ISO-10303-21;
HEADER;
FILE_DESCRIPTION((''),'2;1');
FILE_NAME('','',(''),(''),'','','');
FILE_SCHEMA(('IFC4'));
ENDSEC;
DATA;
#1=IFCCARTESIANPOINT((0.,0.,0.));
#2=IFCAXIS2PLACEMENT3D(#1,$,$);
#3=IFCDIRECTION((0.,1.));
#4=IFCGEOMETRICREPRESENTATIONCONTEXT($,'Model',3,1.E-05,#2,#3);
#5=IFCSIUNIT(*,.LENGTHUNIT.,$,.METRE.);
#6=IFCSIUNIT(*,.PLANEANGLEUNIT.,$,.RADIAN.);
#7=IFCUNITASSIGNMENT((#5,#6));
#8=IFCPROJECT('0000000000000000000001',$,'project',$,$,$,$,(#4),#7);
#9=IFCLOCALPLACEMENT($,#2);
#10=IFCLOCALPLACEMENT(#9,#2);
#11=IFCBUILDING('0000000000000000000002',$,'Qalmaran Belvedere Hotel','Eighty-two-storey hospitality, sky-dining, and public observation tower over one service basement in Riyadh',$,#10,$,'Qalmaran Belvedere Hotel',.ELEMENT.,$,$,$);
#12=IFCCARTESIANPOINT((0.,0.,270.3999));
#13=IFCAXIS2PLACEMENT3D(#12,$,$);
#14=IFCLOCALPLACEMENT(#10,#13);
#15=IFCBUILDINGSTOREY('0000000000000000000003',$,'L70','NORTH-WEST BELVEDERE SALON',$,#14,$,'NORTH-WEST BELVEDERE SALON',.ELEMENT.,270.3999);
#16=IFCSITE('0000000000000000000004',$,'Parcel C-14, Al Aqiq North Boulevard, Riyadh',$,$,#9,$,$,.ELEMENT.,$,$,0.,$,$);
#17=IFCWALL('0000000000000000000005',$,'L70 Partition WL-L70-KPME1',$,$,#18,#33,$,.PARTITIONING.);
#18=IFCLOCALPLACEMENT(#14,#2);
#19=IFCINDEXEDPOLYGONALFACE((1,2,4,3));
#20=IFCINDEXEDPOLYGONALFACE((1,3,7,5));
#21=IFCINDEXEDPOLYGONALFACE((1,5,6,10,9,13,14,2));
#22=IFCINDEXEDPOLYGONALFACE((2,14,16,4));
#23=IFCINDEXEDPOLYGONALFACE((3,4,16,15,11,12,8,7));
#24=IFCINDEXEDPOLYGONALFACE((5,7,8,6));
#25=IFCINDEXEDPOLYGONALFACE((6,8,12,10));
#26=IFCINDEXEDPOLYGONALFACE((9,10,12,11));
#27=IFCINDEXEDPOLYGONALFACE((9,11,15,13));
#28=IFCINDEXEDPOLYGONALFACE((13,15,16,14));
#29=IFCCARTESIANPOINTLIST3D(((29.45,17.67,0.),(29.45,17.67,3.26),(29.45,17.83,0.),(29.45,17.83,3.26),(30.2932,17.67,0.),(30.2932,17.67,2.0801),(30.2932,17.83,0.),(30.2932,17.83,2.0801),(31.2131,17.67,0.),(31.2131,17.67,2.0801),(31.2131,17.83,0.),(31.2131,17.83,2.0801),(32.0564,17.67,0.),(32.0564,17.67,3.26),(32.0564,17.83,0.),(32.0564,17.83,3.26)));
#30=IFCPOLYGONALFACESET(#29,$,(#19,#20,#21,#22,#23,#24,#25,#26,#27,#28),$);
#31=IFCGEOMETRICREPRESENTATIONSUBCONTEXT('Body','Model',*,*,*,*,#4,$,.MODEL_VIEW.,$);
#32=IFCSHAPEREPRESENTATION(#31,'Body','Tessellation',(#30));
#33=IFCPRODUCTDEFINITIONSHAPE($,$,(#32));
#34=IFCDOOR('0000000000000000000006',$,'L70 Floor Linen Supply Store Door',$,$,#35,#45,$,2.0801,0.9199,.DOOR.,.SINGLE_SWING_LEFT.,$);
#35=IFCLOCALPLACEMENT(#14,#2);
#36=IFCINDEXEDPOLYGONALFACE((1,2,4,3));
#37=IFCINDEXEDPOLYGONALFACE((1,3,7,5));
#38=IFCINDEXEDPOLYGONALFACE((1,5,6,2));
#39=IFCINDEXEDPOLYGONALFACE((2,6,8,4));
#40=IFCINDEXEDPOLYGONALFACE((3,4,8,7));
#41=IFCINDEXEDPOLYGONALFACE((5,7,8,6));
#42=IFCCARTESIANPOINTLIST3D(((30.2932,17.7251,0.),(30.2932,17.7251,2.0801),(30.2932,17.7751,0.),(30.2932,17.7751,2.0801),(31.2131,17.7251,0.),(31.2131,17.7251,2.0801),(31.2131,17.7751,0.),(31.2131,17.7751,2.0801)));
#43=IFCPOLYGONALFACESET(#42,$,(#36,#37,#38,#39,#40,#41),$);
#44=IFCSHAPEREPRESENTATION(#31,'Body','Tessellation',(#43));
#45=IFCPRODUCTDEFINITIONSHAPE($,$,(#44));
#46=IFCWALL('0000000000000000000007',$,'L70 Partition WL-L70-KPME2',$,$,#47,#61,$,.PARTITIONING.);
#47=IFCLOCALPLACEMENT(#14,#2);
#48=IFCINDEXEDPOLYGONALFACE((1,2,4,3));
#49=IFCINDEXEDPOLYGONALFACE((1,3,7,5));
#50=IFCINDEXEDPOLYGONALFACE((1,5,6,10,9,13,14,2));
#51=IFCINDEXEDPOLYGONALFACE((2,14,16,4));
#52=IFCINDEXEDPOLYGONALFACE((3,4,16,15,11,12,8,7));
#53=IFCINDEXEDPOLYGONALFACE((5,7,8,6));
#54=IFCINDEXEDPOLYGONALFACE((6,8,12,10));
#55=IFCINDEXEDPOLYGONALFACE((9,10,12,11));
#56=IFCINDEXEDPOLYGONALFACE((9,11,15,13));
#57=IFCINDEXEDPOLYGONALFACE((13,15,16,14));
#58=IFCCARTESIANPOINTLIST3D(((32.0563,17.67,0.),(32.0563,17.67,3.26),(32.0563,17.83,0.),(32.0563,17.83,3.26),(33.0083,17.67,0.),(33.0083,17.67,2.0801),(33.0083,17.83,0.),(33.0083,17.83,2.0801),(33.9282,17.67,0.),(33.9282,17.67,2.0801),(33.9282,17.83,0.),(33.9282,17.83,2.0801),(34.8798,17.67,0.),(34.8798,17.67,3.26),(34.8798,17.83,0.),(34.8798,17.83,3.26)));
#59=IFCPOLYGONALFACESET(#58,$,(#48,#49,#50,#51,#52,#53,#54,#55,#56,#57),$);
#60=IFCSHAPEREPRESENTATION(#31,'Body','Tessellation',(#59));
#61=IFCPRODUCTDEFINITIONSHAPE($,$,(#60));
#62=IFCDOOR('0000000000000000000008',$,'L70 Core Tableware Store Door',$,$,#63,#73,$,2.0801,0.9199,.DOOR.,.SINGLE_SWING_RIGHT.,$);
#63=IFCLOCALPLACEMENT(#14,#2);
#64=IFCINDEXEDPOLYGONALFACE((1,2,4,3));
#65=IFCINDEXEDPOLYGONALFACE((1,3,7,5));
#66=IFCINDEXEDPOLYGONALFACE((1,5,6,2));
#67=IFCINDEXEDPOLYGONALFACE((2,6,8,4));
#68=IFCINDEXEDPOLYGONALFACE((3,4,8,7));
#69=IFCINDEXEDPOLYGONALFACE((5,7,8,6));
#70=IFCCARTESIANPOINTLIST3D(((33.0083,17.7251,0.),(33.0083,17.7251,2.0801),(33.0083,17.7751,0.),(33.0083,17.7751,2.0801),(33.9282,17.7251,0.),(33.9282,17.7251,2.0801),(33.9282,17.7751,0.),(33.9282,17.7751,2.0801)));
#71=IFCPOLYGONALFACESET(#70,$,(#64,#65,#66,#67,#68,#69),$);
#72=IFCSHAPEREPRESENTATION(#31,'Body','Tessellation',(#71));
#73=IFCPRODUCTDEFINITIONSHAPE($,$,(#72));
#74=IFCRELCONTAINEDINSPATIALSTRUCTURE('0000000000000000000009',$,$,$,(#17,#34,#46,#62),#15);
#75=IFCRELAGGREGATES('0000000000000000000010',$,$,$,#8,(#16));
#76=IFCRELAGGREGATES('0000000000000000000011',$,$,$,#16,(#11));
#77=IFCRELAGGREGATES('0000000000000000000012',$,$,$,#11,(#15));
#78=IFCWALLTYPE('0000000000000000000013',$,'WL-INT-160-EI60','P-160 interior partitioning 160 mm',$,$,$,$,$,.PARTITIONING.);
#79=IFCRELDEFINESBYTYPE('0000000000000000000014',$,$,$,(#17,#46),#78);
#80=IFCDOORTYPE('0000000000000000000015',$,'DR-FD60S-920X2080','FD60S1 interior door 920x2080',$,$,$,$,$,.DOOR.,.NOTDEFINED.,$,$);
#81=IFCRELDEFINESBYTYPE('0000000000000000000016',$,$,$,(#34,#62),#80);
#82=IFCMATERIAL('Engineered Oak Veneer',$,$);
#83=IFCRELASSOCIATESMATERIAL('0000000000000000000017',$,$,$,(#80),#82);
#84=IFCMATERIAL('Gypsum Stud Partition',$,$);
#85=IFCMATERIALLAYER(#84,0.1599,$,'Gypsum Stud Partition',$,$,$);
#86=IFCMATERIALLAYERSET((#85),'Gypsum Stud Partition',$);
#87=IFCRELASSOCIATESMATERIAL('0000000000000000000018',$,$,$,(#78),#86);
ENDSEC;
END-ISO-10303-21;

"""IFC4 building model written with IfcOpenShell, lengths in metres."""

from ifc_helpers import new_model, si_unit, direction, frame, frame_2d, origin, place, context, subcontext, project, spatial, rectangle, extrude, material, layer, layer_set, type_object, element, fill, save


model = new_model("IFC4")

# Units and contexts
model_context = context("Model", 3, precision=1e-05, world=origin(), true_north=direction((0.0, 1.0)))
body_context = subcontext(model_context, "Body", "Model", "MODEL_VIEW")
ifc_project = project(units=[si_unit("LENGTHUNIT", "METRE"), si_unit("PLANEANGLEUNIT", "RADIAN")], contexts=[model_context])

# Site, building, storey
site_placement = place(None, origin())
site = spatial("IfcSite", under=ifc_project, at=site_placement, Name="Parcel C-14, Al Aqiq North Boulevard, Riyadh", CompositionType="ELEMENT", RefElevation=0.0)
building_placement = place(site_placement, origin())
building = spatial("IfcBuilding", under=site, at=building_placement, Name="Qalmaran Belvedere Hotel", Description="Eighty-two-storey hospitality, sky-dining, and public observation tower over one service basement in Riyadh", LongName="Qalmaran Belvedere Hotel", CompositionType="ELEMENT")
storey_placement = place(building_placement, frame((0.0, 0.0, 270.3999)))
storey = spatial("IfcBuildingStorey", under=building, at=storey_placement, Name="L70", Description="NORTH-WEST BELVEDERE SALON", LongName="NORTH-WEST BELVEDERE SALON", CompositionType="ELEMENT", Elevation=270.3999)

# Shared definitions
ifc_material_1 = material(Name="Gypsum Stud Partition")

# Shared definitions
ifc_material_2 = material(Name="Engineered Oak Veneer")
door_type_1 = type_object("IfcDoorType", Name="DR-FD60S-920X2080", Description="FD60S1 interior door 920x2080", OperationType="NOTDEFINED", PredefinedType="DOOR", material=ifc_material_2)

# Walls, openings, doors
ifc_layer_1 = layer(ifc_material_1, 0.1599, Name="Gypsum Stud Partition")
ifc_layer_set_1 = layer_set([ifc_layer_1], Name="Gypsum Stud Partition")
wall_type_1 = type_object("IfcWallType", Name="WL-INT-160-EI60", Description="P-160 interior partitioning 160 mm", PredefinedType="PARTITIONING", material=ifc_layer_set_1)
wall_1_placement = place(storey_placement, frame((29.45, 17.75, 0.0), z_axis=(0.0, 0.0, 1.0), x_axis=(1.0, 0.0, 0.0)))
wall_1 = element("IfcWall", 1, at=wall_1_placement, inside=storey, type_object=wall_type_1, Name="L70 Partition WL-L70-KPME1", PredefinedType="PARTITIONING", context=body_context, shape_type="SweptSolid", body=[
    extrude(rectangle(XDim=2.6064, YDim=0.1599, at=frame_2d((1.3032, 0.0))), origin(), (0.0, 0.0, 1.0), 3.26),
])
opening_1_placement = place(wall_1_placement, frame((1.7632, 0.0, 0.0), z_axis=(0.0, 0.0, 1.0), x_axis=(-1.0, 0.0, 0.0)))
opening_1 = element("IfcOpeningElement", 2, at=opening_1_placement, cuts=wall_1, PredefinedType="OPENING", context=body_context, shape_type="SweptSolid", body=[
    extrude(rectangle(XDim=0.9199, YDim=2.0801, at=frame_2d((0.46, 1.04))), frame((0.0, 0.0898, 0.0), z_axis=(0.0, -1.0, 0.0), x_axis=(1.0, 0.0, 0.0)), (0.0, 0.0, 1.0), 0.1799),
])
door_1_placement = place(opening_1_placement, origin())
door_1 = element("IfcDoor", 3, at=door_1_placement, inside=storey, type_object=door_type_1, Name="L70 Floor Linen Supply Store Door", OperationType="SINGLE_SWING_LEFT", OverallHeight=2.0801, OverallWidth=0.9199, PredefinedType="DOOR", context=body_context, shape_type="SweptSolid", body=[
    extrude(rectangle(XDim=0.9199, YDim=2.0801, at=frame_2d((0.46, 1.04))), frame((0.0, 0.0249, 0.0), z_axis=(0.0, -1.0, 0.0), x_axis=(1.0, 0.0, 0.0)), (0.0, 0.0, 1.0), 0.05),
])
fill(opening_1, door_1)
wall_2_placement = place(storey_placement, frame((32.0564, 17.75, 0.0), z_axis=(0.0, 0.0, 1.0), x_axis=(1.0, 0.0, 0.0)))
wall_2 = element("IfcWall", 4, at=wall_2_placement, inside=storey, type_object=wall_type_1, Name="L70 Partition WL-L70-KPME2", PredefinedType="PARTITIONING", context=body_context, shape_type="SweptSolid", body=[
    extrude(rectangle(XDim=2.8235, YDim=0.1599, at=frame_2d((1.4116, 0.0))), origin(), (0.0, 0.0, 1.0), 3.26),
])
opening_2_placement = place(wall_2_placement, frame((1.8718, 0.0, 0.0), z_axis=(0.0, 0.0, 1.0), x_axis=(-1.0, 0.0, 0.0)))
opening_2 = element("IfcOpeningElement", 5, at=opening_2_placement, cuts=wall_2, PredefinedType="OPENING", context=body_context, shape_type="SweptSolid", body=[
    extrude(rectangle(XDim=0.9199, YDim=2.0801, at=frame_2d((0.46, 1.04))), frame((0.0, 0.0898, 0.0), z_axis=(0.0, -1.0, 0.0), x_axis=(1.0, 0.0, 0.0)), (0.0, 0.0, 1.0), 0.1799),
])
door_2_placement = place(opening_2_placement, origin())
door_2 = element("IfcDoor", 6, at=door_2_placement, inside=storey, type_object=door_type_1, Name="L70 Core Tableware Store Door", OperationType="SINGLE_SWING_RIGHT", OverallHeight=2.0801, OverallWidth=0.9199, PredefinedType="DOOR", context=body_context, shape_type="SweptSolid", body=[
    extrude(rectangle(XDim=0.9199, YDim=2.0801, at=frame_2d((0.46, 1.04))), frame((0.0, 0.0249, 0.0), z_axis=(0.0, -1.0, 0.0), x_axis=(1.0, 0.0, 0.0)), (0.0, 0.0, 1.0), 0.05),
])
fill(opening_2, door_2)

save(model, "model.ifc")
